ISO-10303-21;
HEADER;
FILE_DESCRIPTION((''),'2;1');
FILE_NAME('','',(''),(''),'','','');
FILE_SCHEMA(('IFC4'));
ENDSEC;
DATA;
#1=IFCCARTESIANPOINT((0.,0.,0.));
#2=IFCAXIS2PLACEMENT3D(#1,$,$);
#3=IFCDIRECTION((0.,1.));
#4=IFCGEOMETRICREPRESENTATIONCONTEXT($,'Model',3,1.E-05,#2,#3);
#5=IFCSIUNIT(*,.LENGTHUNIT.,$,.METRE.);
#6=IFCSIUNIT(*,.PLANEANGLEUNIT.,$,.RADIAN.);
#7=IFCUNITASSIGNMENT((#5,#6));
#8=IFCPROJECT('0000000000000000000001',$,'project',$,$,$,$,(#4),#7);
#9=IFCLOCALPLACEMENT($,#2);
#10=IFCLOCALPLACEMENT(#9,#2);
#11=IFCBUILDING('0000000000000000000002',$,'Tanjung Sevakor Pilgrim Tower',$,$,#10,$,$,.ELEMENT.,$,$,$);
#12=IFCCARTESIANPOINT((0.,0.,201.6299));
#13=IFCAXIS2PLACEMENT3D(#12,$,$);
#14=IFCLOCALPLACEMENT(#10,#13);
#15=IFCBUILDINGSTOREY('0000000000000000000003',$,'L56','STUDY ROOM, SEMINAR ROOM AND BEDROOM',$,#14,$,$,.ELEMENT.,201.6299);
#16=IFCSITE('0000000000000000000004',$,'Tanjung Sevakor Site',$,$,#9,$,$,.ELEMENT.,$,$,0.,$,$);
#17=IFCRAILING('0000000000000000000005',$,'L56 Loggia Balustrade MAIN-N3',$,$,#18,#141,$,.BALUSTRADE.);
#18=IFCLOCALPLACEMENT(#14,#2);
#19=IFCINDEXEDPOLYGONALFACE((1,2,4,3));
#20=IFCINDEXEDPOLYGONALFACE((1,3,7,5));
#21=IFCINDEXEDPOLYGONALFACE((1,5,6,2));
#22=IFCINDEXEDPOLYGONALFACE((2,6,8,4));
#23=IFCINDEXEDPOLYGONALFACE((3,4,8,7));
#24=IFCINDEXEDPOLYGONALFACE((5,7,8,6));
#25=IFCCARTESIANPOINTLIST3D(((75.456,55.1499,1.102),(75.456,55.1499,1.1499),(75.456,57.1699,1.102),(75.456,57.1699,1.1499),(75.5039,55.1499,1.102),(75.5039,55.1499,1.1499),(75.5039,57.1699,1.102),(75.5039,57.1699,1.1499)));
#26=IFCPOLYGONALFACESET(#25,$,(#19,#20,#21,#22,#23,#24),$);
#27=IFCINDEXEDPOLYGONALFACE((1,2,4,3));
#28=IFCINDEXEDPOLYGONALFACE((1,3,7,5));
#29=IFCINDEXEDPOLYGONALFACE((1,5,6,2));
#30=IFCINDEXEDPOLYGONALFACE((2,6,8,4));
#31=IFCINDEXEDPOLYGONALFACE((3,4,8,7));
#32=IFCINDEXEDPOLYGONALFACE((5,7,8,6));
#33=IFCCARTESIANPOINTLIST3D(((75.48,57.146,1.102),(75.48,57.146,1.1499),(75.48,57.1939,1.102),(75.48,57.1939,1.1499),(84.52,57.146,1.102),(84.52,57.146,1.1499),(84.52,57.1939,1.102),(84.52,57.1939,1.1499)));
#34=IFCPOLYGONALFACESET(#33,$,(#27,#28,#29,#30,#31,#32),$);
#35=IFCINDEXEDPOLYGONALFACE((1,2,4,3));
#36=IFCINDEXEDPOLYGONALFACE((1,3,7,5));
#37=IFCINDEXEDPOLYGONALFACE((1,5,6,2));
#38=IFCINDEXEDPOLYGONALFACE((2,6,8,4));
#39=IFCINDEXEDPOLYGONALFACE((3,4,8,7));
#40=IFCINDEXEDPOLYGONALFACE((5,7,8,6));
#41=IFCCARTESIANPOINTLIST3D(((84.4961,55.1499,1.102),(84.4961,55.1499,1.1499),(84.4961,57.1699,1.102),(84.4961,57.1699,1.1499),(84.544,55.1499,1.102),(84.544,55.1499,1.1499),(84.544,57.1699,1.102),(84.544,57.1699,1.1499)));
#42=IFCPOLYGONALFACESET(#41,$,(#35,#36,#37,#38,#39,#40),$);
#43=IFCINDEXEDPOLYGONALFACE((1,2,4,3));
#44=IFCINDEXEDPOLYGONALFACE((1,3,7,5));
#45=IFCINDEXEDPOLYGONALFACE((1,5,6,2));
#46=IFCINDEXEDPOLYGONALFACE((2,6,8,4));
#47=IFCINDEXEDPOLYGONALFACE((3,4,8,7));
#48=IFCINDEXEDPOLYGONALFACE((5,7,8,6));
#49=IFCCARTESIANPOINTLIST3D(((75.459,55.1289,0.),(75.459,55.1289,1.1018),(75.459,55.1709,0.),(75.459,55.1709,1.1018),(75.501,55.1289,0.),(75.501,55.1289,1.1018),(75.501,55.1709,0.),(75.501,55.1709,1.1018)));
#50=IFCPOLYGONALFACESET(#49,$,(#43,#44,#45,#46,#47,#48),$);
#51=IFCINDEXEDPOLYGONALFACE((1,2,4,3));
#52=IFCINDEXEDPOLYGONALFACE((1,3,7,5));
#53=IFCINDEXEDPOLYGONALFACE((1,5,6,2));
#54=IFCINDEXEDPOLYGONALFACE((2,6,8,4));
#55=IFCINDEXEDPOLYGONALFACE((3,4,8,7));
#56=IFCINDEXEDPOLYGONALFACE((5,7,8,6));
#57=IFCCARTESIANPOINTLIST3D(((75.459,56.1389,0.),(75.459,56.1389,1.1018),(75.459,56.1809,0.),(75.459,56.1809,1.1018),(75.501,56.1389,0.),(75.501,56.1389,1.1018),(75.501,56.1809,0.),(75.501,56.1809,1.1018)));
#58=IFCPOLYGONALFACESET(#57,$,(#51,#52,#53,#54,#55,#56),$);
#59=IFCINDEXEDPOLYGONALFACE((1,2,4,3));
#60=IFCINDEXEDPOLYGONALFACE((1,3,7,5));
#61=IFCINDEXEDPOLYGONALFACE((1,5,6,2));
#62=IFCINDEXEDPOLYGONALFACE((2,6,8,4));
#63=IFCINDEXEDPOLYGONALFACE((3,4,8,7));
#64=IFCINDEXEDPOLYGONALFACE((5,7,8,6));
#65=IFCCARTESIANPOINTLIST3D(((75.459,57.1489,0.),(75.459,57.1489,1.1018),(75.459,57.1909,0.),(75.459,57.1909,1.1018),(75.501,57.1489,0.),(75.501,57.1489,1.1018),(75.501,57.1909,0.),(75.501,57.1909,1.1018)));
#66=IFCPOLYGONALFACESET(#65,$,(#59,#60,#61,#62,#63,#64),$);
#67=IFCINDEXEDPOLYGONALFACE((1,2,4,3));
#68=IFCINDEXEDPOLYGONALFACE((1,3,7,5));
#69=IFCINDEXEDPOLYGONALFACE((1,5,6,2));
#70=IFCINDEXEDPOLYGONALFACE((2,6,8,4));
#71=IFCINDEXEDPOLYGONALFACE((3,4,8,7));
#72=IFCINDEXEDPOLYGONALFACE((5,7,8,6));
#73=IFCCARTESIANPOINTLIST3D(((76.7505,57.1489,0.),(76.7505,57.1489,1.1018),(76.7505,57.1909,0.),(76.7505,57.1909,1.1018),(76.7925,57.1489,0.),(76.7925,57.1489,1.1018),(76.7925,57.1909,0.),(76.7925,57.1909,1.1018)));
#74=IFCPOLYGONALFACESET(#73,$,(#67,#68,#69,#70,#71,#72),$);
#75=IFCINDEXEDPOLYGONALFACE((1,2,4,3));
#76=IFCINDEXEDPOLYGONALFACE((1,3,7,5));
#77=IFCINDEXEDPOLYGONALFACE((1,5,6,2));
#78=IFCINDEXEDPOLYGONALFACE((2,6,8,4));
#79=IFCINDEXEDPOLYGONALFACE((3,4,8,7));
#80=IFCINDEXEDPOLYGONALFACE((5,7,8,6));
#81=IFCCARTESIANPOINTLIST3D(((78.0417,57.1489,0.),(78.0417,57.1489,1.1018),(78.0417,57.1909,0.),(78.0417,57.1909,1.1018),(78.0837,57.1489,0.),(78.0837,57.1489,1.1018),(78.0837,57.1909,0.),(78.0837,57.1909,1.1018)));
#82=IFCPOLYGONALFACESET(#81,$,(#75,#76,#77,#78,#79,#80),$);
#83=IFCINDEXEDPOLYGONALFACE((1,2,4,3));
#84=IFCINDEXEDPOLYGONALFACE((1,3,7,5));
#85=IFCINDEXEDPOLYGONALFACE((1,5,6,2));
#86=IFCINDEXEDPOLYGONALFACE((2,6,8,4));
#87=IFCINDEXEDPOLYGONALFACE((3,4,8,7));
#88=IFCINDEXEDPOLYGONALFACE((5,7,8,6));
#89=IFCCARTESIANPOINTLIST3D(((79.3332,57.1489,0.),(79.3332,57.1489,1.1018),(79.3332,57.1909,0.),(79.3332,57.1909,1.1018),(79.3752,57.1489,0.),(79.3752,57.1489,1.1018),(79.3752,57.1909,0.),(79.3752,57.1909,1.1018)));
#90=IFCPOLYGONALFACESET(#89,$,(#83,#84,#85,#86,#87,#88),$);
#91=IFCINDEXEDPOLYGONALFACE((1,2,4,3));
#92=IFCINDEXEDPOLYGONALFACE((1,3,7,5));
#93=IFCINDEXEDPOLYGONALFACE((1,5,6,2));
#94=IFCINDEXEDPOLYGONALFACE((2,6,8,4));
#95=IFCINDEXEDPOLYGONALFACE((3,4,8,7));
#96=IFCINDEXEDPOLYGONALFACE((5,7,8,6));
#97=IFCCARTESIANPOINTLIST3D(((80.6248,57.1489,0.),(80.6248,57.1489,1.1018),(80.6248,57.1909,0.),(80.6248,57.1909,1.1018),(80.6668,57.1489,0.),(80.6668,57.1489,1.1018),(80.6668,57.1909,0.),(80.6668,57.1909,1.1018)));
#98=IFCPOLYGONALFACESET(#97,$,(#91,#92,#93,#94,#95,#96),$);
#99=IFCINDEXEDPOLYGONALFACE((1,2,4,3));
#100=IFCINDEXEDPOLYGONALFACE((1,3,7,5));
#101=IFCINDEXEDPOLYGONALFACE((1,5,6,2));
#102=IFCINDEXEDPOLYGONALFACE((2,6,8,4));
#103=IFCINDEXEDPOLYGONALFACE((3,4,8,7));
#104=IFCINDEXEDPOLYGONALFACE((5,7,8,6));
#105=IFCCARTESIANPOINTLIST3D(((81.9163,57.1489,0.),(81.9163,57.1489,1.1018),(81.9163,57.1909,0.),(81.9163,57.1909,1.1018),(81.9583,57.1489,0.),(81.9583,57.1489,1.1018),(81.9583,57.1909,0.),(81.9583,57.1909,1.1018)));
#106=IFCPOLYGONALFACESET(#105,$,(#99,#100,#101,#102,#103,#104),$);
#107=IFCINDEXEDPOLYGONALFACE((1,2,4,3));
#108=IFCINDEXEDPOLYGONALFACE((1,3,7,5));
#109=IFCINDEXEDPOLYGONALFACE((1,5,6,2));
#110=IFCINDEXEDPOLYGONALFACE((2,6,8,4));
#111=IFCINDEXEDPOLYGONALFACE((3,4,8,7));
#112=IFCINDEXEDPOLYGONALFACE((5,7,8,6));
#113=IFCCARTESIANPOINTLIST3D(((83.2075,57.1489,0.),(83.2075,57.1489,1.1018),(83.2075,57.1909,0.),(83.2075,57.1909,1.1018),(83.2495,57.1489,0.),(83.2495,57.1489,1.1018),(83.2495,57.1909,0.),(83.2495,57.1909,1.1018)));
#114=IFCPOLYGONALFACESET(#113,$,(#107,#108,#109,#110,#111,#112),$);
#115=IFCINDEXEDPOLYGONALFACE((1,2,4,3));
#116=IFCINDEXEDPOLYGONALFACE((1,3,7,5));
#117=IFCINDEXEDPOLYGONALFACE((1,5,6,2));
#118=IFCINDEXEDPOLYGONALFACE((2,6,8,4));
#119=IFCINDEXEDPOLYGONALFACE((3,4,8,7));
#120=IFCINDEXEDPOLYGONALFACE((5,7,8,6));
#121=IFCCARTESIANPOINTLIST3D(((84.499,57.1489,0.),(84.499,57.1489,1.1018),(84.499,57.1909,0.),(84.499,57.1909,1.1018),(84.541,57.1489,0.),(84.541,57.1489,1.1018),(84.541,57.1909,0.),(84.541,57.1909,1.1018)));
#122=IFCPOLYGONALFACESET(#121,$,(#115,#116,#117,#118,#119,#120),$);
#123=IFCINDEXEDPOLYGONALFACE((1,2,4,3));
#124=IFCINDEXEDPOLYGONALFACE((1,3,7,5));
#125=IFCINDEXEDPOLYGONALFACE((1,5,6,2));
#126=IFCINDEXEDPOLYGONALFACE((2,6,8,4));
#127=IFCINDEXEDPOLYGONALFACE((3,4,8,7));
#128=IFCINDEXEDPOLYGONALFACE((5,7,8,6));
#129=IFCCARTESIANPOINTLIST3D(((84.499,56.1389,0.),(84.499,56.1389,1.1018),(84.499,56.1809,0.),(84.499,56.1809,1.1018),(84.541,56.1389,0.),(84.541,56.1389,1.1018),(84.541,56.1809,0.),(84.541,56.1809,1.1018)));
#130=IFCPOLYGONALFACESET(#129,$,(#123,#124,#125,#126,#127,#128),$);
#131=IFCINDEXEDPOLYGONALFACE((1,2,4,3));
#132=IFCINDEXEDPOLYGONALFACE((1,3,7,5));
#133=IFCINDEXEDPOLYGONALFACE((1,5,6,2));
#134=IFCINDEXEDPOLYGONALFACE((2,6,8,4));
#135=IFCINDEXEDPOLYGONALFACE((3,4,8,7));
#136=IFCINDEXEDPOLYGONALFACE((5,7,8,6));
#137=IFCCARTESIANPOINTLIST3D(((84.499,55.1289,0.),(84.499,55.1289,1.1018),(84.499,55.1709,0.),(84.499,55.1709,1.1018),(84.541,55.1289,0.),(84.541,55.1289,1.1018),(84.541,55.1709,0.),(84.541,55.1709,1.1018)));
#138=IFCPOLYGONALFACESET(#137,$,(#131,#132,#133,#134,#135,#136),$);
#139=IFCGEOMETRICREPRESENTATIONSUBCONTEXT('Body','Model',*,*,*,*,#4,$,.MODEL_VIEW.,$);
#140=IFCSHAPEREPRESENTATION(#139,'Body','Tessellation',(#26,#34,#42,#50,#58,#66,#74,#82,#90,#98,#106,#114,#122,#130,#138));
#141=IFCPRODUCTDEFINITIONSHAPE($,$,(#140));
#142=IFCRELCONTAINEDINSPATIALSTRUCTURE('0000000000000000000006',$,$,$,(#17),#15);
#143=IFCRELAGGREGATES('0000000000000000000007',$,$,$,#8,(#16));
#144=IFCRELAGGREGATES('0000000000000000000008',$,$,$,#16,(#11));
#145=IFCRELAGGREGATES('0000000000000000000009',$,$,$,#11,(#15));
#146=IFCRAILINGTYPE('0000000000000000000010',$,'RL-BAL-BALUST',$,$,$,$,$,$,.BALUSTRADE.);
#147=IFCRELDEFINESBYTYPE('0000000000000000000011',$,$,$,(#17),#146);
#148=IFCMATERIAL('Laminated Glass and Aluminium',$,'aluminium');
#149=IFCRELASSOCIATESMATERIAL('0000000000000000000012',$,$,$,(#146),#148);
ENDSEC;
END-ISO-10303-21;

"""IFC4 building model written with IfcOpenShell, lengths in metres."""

from ifc_helpers import new_model, si_unit, direction, frame, origin, place, context, subcontext, project, spatial, rectangle, extrude, material, type_object, element, save


model = new_model("IFC4")

# Units and contexts
model_context = context("Model", 3, precision=1e-05, world=origin(), true_north=direction((0.0, 1.0)))
body_context = subcontext(model_context, "Body", "Model", "MODEL_VIEW")
ifc_project = project(units=[si_unit("LENGTHUNIT", "METRE"), si_unit("PLANEANGLEUNIT", "RADIAN")], contexts=[model_context])

# Site, building, storey
site_placement = place(None, origin())
site = spatial("IfcSite", under=ifc_project, at=site_placement, Name="Tanjung Sevakor Site", CompositionType="ELEMENT", RefElevation=0.0)
building_placement = place(site_placement, origin())
building = spatial("IfcBuilding", under=site, at=building_placement, Name="Tanjung Sevakor Pilgrim Tower", CompositionType="ELEMENT")
storey_placement = place(building_placement, frame((0.0, 0.0, 201.6299)))
storey = spatial("IfcBuildingStorey", under=building, at=storey_placement, Name="L56", Description="STUDY ROOM, SEMINAR ROOM AND BEDROOM", CompositionType="ELEMENT", Elevation=201.6299)

# Railing
ifc_material_1 = material(Name="Laminated Glass and Aluminium", Category="aluminium")
railing_type = type_object("IfcRailingType", Name="RL-BAL-BALUST", PredefinedType="BALUSTRADE", material=ifc_material_1)
railing_1_placement = place(storey_placement, frame((75.48, 55.1499, 0.0)))
element("IfcRailing", 1, at=railing_1_placement, inside=storey, type_object=railing_type, Name="L56 Loggia Balustrade MAIN-N3", PredefinedType="BALUSTRADE", context=body_context, shape_type="SweptSolid", body=[
    extrude(rectangle(XDim=0.0479, YDim=0.0479), frame((0.0, 0.0, 1.126), z_axis=(0.0, 1.0, 0.0), x_axis=(-1.0, 0.0, 0.0)), (0.0, 0.0, 1.0), 2.02),
    extrude(rectangle(XDim=0.0479, YDim=0.0479), frame((0.0, 2.02, 1.126), z_axis=(1.0, 0.0, 0.0), x_axis=(0.0, 1.0, 0.0)), (0.0, 0.0, 1.0), 9.04),
    extrude(rectangle(XDim=0.0479, YDim=0.0479), frame((9.04, 2.02, 1.126), z_axis=(0.0, -1.0, 0.0), x_axis=(1.0, 0.0, 0.0)), (0.0, 0.0, 1.0), 2.02),
    extrude(rectangle(XDim=0.042, YDim=0.042), origin(), (0.0, 0.0, 1.0), 1.1018),
    extrude(rectangle(XDim=0.042, YDim=0.042), frame((0.0, 1.01, 0.0)), (0.0, 0.0, 1.0), 1.1018),
    extrude(rectangle(XDim=0.042, YDim=0.042), frame((0.0, 2.02, 0.0)), (0.0, 0.0, 1.0), 1.1018),
    extrude(rectangle(XDim=0.042, YDim=0.042), frame((1.2915, 2.02, 0.0)), (0.0, 0.0, 1.0), 1.1018),
    extrude(rectangle(XDim=0.042, YDim=0.042), frame((2.5828, 2.02, 0.0)), (0.0, 0.0, 1.0), 1.1018),
    extrude(rectangle(XDim=0.042, YDim=0.042), frame((3.8743, 2.02, 0.0)), (0.0, 0.0, 1.0), 1.1018),
    extrude(rectangle(XDim=0.042, YDim=0.042), frame((5.1658, 2.02, 0.0)), (0.0, 0.0, 1.0), 1.1018),
    extrude(rectangle(XDim=0.042, YDim=0.042), frame((6.4573, 2.02, 0.0)), (0.0, 0.0, 1.0), 1.1018),
    extrude(rectangle(XDim=0.042, YDim=0.042), frame((7.7485, 2.02, 0.0)), (0.0, 0.0, 1.0), 1.1018),
    extrude(rectangle(XDim=0.042, YDim=0.042), frame((9.04, 2.02, 0.0)), (0.0, 0.0, 1.0), 1.1018),
    extrude(rectangle(XDim=0.042, YDim=0.042), frame((9.04, 1.01, 0.0)), (0.0, 0.0, 1.0), 1.1018),
    extrude(rectangle(XDim=0.042, YDim=0.042), frame((9.04, 0.0, 0.0)), (0.0, 0.0, 1.0), 1.1018),
])

save(model, "model.ifc")
